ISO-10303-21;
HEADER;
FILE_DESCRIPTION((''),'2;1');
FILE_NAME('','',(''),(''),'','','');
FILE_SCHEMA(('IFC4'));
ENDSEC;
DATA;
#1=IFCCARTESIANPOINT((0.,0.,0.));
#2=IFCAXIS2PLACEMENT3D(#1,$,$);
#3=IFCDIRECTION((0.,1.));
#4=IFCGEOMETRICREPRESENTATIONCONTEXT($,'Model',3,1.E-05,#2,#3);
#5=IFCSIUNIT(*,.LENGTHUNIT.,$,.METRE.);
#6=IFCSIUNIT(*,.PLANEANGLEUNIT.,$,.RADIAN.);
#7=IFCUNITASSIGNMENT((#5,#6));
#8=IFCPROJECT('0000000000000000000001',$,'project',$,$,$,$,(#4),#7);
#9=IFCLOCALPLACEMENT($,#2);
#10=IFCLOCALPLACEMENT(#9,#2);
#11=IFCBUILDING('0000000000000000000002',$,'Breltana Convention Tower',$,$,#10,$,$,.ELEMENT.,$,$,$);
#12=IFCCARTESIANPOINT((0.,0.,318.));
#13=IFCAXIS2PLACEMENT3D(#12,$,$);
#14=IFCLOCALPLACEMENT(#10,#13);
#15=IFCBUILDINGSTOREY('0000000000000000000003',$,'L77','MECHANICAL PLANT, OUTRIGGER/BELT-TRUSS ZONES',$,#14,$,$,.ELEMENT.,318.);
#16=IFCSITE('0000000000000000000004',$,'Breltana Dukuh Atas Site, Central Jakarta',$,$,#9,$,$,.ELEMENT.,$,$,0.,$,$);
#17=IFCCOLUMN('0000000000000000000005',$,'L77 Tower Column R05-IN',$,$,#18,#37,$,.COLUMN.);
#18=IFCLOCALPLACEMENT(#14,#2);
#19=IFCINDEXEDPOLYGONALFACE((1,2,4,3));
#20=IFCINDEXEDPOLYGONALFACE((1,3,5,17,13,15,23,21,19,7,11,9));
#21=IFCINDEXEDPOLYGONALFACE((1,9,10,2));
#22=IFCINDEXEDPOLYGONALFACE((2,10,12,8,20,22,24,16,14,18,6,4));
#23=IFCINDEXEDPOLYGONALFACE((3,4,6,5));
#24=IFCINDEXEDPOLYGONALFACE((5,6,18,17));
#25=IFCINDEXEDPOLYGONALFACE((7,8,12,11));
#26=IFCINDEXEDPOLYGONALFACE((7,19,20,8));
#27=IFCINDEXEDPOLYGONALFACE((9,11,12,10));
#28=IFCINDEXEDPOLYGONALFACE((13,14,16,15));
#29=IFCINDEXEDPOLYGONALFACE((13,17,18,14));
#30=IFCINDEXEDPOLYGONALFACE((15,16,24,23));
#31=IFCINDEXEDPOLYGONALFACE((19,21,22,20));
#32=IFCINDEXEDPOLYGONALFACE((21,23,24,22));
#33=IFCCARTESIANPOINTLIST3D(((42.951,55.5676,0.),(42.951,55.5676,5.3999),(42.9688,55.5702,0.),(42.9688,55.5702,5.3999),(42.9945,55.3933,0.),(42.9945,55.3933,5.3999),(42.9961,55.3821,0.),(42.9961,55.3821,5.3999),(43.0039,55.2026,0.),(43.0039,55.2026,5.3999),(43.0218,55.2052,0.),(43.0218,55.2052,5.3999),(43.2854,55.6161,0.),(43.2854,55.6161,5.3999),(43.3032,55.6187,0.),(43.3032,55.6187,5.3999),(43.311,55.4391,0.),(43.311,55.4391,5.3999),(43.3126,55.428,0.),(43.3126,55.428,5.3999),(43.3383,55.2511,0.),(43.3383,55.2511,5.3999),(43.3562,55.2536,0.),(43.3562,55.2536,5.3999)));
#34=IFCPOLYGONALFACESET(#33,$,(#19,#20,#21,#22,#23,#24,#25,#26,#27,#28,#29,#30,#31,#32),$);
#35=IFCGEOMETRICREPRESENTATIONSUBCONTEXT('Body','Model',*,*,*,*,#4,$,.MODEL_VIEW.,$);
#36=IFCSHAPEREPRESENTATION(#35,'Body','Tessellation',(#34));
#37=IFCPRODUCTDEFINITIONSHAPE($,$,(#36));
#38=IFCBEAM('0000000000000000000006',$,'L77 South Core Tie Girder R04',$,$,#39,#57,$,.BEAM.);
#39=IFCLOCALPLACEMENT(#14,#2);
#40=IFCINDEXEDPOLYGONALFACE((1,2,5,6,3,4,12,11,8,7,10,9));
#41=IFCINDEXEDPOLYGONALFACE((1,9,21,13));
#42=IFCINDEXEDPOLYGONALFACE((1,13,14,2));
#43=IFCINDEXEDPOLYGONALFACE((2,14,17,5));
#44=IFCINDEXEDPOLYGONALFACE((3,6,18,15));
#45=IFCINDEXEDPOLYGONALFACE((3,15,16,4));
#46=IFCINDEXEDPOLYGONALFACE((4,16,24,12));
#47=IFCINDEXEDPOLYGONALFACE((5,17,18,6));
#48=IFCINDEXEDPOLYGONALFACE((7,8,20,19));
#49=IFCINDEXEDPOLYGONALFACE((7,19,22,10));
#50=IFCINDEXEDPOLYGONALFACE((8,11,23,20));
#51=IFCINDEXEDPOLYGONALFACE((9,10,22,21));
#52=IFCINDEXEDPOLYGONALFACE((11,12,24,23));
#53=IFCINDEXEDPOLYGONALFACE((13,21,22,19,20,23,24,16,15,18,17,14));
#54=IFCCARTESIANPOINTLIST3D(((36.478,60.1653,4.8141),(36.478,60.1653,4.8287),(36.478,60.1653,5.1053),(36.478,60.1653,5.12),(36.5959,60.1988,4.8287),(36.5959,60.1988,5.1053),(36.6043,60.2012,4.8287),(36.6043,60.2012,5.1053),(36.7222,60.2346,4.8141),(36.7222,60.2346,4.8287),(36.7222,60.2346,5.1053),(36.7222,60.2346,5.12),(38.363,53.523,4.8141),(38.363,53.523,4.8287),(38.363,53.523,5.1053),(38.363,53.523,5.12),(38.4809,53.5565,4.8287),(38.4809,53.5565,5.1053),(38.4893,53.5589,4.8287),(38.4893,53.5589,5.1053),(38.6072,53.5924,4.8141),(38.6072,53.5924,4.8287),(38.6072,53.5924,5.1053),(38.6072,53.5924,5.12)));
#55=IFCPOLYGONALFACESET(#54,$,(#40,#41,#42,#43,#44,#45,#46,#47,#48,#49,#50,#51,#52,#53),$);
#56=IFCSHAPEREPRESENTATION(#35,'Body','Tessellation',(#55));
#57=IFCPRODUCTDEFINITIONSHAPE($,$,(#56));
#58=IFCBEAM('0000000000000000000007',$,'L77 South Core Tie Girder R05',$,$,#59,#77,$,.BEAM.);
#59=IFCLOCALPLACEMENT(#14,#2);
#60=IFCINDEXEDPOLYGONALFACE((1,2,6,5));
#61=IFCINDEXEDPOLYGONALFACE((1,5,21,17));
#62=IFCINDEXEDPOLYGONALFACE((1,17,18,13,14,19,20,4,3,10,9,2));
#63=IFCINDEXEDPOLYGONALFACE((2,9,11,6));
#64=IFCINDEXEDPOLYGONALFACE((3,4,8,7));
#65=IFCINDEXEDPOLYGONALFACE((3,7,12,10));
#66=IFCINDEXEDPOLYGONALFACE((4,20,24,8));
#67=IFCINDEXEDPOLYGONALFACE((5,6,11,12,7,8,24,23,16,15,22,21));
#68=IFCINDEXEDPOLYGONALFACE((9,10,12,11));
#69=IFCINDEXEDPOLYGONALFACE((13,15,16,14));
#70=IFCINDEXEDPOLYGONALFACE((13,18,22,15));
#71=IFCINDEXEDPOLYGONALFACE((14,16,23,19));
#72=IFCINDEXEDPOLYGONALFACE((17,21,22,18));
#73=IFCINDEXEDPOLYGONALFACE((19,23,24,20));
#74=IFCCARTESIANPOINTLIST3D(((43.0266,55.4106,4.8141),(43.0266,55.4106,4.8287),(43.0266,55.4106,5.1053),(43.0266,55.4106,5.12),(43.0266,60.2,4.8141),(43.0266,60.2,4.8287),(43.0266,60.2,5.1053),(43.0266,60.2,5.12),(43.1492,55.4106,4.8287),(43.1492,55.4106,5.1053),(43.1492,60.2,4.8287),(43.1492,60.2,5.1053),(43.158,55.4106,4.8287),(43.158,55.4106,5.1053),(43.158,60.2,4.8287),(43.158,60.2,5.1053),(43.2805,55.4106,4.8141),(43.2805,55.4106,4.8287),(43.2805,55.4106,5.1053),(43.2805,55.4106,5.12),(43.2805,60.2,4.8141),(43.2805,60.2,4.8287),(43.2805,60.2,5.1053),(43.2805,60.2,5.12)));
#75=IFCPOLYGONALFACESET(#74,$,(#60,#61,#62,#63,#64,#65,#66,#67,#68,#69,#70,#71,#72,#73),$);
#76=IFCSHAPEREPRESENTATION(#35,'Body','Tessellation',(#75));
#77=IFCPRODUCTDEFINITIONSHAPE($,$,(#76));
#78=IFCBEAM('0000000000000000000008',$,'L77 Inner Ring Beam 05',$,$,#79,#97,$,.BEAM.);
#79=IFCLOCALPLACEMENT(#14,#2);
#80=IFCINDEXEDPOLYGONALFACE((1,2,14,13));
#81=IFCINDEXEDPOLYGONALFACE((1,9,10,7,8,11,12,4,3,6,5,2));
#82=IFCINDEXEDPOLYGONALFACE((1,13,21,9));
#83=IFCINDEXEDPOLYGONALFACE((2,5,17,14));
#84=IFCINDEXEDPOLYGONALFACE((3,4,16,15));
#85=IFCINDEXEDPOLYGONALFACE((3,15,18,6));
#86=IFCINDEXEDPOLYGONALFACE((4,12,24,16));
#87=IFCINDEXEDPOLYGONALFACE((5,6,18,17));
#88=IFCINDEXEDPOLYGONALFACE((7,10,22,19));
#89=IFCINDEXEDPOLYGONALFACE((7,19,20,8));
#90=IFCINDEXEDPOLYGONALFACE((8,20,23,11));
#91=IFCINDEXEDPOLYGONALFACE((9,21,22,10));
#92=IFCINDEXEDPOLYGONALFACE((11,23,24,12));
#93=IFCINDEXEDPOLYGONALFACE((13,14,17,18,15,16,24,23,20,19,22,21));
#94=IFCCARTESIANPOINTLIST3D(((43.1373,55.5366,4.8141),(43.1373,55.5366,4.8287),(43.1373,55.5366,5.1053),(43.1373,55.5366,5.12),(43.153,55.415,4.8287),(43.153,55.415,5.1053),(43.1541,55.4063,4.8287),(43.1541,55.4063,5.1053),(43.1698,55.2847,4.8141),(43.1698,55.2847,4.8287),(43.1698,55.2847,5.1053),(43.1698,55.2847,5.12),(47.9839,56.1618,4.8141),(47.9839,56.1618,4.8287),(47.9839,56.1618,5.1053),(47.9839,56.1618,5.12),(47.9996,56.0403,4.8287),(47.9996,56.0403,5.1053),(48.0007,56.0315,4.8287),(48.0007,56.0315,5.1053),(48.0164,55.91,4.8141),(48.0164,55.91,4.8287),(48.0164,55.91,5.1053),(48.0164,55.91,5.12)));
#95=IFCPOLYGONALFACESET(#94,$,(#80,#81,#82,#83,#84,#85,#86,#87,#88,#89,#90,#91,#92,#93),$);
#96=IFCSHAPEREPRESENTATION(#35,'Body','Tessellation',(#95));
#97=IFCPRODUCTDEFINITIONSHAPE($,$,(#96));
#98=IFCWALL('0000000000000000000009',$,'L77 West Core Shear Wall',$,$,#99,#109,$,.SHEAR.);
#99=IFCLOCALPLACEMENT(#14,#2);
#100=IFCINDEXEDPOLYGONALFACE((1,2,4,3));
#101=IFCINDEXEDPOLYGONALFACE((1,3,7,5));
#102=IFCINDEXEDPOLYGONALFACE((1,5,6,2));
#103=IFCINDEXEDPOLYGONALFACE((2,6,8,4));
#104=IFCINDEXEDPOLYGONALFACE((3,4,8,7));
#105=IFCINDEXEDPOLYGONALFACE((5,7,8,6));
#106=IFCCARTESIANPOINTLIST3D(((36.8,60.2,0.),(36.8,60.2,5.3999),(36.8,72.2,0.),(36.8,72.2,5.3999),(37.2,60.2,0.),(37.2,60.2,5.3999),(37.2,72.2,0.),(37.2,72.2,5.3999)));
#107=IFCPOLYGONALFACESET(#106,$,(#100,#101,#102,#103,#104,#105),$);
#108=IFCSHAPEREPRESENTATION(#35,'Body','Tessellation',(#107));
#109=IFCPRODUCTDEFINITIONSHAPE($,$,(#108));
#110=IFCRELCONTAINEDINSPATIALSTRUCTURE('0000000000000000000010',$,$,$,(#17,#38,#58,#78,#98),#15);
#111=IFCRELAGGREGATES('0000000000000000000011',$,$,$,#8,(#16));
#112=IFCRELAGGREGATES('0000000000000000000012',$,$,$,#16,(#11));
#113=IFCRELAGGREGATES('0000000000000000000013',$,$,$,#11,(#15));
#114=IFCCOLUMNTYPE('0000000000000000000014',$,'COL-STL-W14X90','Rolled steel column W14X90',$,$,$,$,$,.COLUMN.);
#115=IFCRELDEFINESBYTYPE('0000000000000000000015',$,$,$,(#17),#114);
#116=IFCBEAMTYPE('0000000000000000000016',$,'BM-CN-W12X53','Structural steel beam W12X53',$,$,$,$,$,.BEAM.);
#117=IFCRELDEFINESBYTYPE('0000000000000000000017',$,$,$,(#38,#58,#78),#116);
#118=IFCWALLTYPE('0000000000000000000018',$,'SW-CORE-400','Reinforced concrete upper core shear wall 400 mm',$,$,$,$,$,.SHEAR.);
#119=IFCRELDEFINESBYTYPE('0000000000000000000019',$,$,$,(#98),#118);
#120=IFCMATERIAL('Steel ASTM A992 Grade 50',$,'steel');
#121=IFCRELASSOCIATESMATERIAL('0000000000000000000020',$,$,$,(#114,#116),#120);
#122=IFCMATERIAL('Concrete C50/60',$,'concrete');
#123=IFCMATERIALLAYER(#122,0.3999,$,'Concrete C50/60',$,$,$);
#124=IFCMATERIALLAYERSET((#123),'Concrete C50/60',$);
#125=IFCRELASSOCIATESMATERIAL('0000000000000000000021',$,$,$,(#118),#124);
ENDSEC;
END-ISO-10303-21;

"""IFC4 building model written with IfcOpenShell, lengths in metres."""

from ifc_helpers import new_model, si_unit, direction, frame, frame_2d, origin, origin_2d, place, context, subcontext, project, spatial, rectangle, i_section, extrude, source, transform, mapped, material, layer, layer_set, material_profile, profile_set, type_object, element, save


model = new_model("IFC4")

# Units and contexts
model_context = context("Model", 3, precision=1e-05, world=origin(), true_north=direction((0.0, 1.0)))
body_context = subcontext(model_context, "Body", "Model", "MODEL_VIEW")
ifc_project = project(units=[si_unit("LENGTHUNIT", "METRE"), si_unit("PLANEANGLEUNIT", "RADIAN")], contexts=[model_context])

# Site, building, storey
site_placement = place(None, origin())
site = spatial("IfcSite", under=ifc_project, at=site_placement, Name="Breltana Dukuh Atas Site, Central Jakarta", CompositionType="ELEMENT", RefElevation=0.0)
building_placement = place(site_placement, origin())
building = spatial("IfcBuilding", under=site, at=building_placement, Name="Breltana Convention Tower", CompositionType="ELEMENT")
storey_placement = place(building_placement, frame((0.0, 0.0, 318.0)))
storey = spatial("IfcBuildingStorey", under=building, at=storey_placement, Name="L77", Description="MECHANICAL PLANT, OUTRIGGER/BELT-TRUSS ZONES", CompositionType="ELEMENT", Elevation=318.0)

# Column
ifc_material_1 = material(Name="Steel ASTM A992 Grade 50", Category="steel")
ifc_material_profile_1 = material_profile(ifc_material_1, i_section(OverallWidth=0.3689, OverallDepth=0.356, WebThickness=0.0112, FlangeThickness=0.0181, at=origin_2d()), Name="W14X90")
ifc_profile_set_1 = profile_set([ifc_material_profile_1], Name="Steel ASTM A992 Grade 50")
column_type = type_object("IfcColumnType", Name="COL-STL-W14X90", Description="Rolled steel column W14X90", PredefinedType="COLUMN", material=ifc_profile_set_1)
shared_shape_1 = source(origin(), body_context, "Body", "SweptSolid", [
    extrude(i_section(OverallWidth=0.3689, OverallDepth=0.356, WebThickness=0.0112, FlangeThickness=0.0181, at=origin_2d()), origin(), (0.0, 0.0, 1.0), 5.3999),
])
column_placement = place(storey_placement, frame((43.1536, 55.4106, 0.0), z_axis=(0.0, 0.0, 1.0), x_axis=(-0.143493, 0.989651, 0.0)))
element("IfcColumn", 1, at=column_placement, inside=storey, type_object=column_type, Name="L77 Tower Column R05-IN", PredefinedType="COLUMN", context=body_context, shape_type="MappedRepresentation", body=[
    mapped(shared_shape_1, transform((0.0, 0.0, 0.0), scale=1.0)),
])

# Beams
ifc_material_profile_2 = material_profile(ifc_material_1, i_section(OverallWidth=0.2539, OverallDepth=0.3059, WebThickness=0.0088, FlangeThickness=0.0146, at=origin_2d()), Name="W12X53")
ifc_profile_set_2 = profile_set([ifc_material_profile_2], Name="Steel ASTM A992 Grade 50")
beam_type = type_object("IfcBeamType", Name="BM-CN-W12X53", Description="Structural steel beam W12X53", PredefinedType="BEAM", material=ifc_profile_set_2)
shared_shape_2 = source(origin(), body_context, "Body", "SweptSolid", [
    extrude(i_section(OverallWidth=0.2539, OverallDepth=0.3059, WebThickness=0.0088, FlangeThickness=0.0146, at=origin_2d()), origin(), (0.0, 0.0, 1.0), 6.9045),
])
beam_1_placement = place(storey_placement, frame((36.6001, 60.2, 4.967), z_axis=(0.273007, -0.962012, 0.0), x_axis=(0.962012, 0.273007, 0.0)))
element("IfcBeam", 2, at=beam_1_placement, inside=storey, type_object=beam_type, Name="L77 South Core Tie Girder R04", PredefinedType="BEAM", context=body_context, shape_type="MappedRepresentation", body=[
    mapped(shared_shape_2, transform((0.0, 0.0, 0.0), scale=1.0)),
])
shared_shape_3 = source(origin(), body_context, "Body", "SweptSolid", [
    extrude(i_section(OverallWidth=0.2539, OverallDepth=0.3059, WebThickness=0.0088, FlangeThickness=0.0146, at=origin_2d()), origin(), (0.0, 0.0, 1.0), 4.7893),
])
beam_2_placement = place(storey_placement, frame((43.1536, 60.2, 4.967), z_axis=(0.0, -1.0, 0.0), x_axis=(1.0, 0.0, 0.0)))
element("IfcBeam", 3, at=beam_2_placement, inside=storey, type_object=beam_type, Name="L77 South Core Tie Girder R05", PredefinedType="BEAM", context=body_context, shape_type="MappedRepresentation", body=[
    mapped(shared_shape_3, transform((0.0, 0.0, 0.0), scale=1.0)),
])
shared_shape_4 = source(origin(), body_context, "Body", "SweptSolid", [
    extrude(i_section(OverallWidth=0.2539, OverallDepth=0.3059, WebThickness=0.0088, FlangeThickness=0.0146, at=origin_2d()), origin(), (0.0, 0.0, 1.0), 4.8867),
])
beam_3_placement = place(storey_placement, frame((43.1536, 55.4106, 4.967), z_axis=(0.991781, 0.127951, 0.0), x_axis=(-0.127951, 0.991781, 0.0)))
element("IfcBeam", 4, at=beam_3_placement, inside=storey, type_object=beam_type, Name="L77 Inner Ring Beam 05", PredefinedType="BEAM", context=body_context, shape_type="MappedRepresentation", body=[
    mapped(shared_shape_4, transform((0.0, 0.0, 0.0), scale=1.0)),
])

# Wall
ifc_material_2 = material(Name="Concrete C50/60", Category="concrete")
ifc_layer_1 = layer(ifc_material_2, 0.3999, Name="Concrete C50/60")
ifc_layer_set_1 = layer_set([ifc_layer_1], Name="Concrete C50/60")
wall_type_1 = type_object("IfcWallType", Name="SW-CORE-400", Description="Reinforced concrete upper core shear wall 400 mm", PredefinedType="SHEAR", material=ifc_layer_set_1)
shared_shape_5 = source(origin(), body_context, "Body", "SweptSolid", [
    extrude(rectangle(XDim=12.0, YDim=0.3999, at=frame_2d((6.0, 0.0))), origin(), (0.0, 0.0, 1.0), 5.3999),
])
wall_1_placement = place(storey_placement, frame((37.0, 60.2, 0.0), z_axis=(0.0, 0.0, 1.0), x_axis=(0.0, 1.0, 0.0)))
element("IfcWall", 5, at=wall_1_placement, inside=storey, type_object=wall_type_1, Name="L77 West Core Shear Wall", PredefinedType="SHEAR", context=body_context, shape_type="MappedRepresentation", body=[
    mapped(shared_shape_5, transform((0.0, 0.0, 0.0), scale=1.0)),
])

save(model, "model.ifc")
